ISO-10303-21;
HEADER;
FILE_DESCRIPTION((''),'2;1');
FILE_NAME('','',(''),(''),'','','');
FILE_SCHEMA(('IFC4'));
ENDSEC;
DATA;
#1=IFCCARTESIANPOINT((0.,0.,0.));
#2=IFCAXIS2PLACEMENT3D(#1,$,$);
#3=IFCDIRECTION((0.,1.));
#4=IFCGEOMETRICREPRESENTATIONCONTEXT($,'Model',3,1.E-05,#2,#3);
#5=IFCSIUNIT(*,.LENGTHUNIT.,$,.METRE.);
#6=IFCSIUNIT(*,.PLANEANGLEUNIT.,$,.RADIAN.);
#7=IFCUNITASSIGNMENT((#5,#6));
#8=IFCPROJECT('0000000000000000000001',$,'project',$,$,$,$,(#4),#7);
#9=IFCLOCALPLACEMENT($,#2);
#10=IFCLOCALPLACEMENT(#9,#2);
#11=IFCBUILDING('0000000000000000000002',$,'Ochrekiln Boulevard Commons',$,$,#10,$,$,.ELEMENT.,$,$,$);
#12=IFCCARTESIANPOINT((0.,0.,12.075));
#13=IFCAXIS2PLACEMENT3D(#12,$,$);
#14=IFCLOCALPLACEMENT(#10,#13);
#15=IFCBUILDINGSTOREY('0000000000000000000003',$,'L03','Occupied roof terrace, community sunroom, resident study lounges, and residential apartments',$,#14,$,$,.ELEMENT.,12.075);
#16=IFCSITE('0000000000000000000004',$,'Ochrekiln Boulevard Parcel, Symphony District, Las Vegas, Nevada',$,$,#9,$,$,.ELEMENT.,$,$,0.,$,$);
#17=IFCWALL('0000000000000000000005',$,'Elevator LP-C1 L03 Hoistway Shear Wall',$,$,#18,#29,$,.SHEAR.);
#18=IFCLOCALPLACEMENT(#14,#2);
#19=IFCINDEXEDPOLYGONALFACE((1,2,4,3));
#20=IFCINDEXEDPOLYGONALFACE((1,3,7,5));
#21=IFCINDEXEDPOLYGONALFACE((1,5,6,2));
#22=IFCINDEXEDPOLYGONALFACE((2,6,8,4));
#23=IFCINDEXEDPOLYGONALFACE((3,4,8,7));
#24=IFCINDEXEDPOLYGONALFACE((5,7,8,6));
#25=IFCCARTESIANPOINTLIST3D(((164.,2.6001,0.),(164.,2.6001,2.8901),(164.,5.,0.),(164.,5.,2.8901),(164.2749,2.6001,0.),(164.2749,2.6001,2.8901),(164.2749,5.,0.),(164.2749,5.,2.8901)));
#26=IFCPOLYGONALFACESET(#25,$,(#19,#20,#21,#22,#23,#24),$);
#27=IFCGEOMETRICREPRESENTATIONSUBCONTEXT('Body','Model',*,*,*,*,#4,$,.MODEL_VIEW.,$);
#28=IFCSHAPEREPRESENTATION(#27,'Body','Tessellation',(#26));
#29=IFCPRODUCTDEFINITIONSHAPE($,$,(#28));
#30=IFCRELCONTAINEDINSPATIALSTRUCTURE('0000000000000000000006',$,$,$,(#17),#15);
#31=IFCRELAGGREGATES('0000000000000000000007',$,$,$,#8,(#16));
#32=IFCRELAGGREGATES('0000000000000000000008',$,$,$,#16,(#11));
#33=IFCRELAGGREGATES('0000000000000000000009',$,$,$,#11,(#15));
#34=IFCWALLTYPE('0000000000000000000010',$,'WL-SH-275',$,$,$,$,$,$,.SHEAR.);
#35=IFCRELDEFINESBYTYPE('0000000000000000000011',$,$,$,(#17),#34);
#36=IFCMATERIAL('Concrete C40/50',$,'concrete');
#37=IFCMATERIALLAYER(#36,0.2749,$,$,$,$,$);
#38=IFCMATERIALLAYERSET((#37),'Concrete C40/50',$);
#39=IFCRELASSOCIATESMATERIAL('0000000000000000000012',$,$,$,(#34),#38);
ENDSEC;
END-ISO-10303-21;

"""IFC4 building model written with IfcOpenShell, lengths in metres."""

from ifc_helpers import new_model, si_unit, direction, frame, frame_2d, origin, place, context, subcontext, project, spatial, rectangle, extrude, material, layer, layer_set, type_object, element, save


model = new_model("IFC4")

# Units and contexts
model_context = context("Model", 3, precision=1e-05, world=origin(), true_north=direction((0.0, 1.0)))
body_context = subcontext(model_context, "Body", "Model", "MODEL_VIEW")
ifc_project = project(units=[si_unit("LENGTHUNIT", "METRE"), si_unit("PLANEANGLEUNIT", "RADIAN")], contexts=[model_context])

# Site, building, storey
site_placement = place(None, origin())
site = spatial("IfcSite", under=ifc_project, at=site_placement, Name="Ochrekiln Boulevard Parcel, Symphony District, Las Vegas, Nevada", CompositionType="ELEMENT", RefElevation=0.0)
building_placement = place(site_placement, origin())
building = spatial("IfcBuilding", under=site, at=building_placement, Name="Ochrekiln Boulevard Commons", CompositionType="ELEMENT")
storey_placement = place(building_placement, frame((0.0, 0.0, 12.075)))
storey = spatial("IfcBuildingStorey", under=building, at=storey_placement, Name="L03", Description="Occupied roof terrace, community sunroom, resident study lounges, and residential apartments", CompositionType="ELEMENT", Elevation=12.075)

# Shared definitions
ifc_material_1 = material(Name="Concrete C40/50", Category="concrete")

# Shared definitions
ifc_layer_1 = layer(ifc_material_1, 0.2749)
ifc_layer_set_1 = layer_set([ifc_layer_1], Name="Concrete C40/50")
wall_type_1 = type_object("IfcWallType", Name="WL-SH-275", PredefinedType="SHEAR", material=ifc_layer_set_1)

# Wall
wall_1_placement = place(storey_placement, frame((164.1375, 2.6001, 0.0), z_axis=(0.0, 0.0, 1.0), x_axis=(0.0, 1.0, 0.0)))
element("IfcWall", 1, at=wall_1_placement, inside=storey, type_object=wall_type_1, Name="Elevator LP-C1 L03 Hoistway Shear Wall", PredefinedType="SHEAR", context=body_context, shape_type="SweptSolid", body=[
    extrude(rectangle(XDim=2.3999, YDim=0.2749, at=frame_2d((1.2, 0.0))), origin(), (0.0, 0.0, 1.0), 2.8901),
])

save(model, "model.ifc")
